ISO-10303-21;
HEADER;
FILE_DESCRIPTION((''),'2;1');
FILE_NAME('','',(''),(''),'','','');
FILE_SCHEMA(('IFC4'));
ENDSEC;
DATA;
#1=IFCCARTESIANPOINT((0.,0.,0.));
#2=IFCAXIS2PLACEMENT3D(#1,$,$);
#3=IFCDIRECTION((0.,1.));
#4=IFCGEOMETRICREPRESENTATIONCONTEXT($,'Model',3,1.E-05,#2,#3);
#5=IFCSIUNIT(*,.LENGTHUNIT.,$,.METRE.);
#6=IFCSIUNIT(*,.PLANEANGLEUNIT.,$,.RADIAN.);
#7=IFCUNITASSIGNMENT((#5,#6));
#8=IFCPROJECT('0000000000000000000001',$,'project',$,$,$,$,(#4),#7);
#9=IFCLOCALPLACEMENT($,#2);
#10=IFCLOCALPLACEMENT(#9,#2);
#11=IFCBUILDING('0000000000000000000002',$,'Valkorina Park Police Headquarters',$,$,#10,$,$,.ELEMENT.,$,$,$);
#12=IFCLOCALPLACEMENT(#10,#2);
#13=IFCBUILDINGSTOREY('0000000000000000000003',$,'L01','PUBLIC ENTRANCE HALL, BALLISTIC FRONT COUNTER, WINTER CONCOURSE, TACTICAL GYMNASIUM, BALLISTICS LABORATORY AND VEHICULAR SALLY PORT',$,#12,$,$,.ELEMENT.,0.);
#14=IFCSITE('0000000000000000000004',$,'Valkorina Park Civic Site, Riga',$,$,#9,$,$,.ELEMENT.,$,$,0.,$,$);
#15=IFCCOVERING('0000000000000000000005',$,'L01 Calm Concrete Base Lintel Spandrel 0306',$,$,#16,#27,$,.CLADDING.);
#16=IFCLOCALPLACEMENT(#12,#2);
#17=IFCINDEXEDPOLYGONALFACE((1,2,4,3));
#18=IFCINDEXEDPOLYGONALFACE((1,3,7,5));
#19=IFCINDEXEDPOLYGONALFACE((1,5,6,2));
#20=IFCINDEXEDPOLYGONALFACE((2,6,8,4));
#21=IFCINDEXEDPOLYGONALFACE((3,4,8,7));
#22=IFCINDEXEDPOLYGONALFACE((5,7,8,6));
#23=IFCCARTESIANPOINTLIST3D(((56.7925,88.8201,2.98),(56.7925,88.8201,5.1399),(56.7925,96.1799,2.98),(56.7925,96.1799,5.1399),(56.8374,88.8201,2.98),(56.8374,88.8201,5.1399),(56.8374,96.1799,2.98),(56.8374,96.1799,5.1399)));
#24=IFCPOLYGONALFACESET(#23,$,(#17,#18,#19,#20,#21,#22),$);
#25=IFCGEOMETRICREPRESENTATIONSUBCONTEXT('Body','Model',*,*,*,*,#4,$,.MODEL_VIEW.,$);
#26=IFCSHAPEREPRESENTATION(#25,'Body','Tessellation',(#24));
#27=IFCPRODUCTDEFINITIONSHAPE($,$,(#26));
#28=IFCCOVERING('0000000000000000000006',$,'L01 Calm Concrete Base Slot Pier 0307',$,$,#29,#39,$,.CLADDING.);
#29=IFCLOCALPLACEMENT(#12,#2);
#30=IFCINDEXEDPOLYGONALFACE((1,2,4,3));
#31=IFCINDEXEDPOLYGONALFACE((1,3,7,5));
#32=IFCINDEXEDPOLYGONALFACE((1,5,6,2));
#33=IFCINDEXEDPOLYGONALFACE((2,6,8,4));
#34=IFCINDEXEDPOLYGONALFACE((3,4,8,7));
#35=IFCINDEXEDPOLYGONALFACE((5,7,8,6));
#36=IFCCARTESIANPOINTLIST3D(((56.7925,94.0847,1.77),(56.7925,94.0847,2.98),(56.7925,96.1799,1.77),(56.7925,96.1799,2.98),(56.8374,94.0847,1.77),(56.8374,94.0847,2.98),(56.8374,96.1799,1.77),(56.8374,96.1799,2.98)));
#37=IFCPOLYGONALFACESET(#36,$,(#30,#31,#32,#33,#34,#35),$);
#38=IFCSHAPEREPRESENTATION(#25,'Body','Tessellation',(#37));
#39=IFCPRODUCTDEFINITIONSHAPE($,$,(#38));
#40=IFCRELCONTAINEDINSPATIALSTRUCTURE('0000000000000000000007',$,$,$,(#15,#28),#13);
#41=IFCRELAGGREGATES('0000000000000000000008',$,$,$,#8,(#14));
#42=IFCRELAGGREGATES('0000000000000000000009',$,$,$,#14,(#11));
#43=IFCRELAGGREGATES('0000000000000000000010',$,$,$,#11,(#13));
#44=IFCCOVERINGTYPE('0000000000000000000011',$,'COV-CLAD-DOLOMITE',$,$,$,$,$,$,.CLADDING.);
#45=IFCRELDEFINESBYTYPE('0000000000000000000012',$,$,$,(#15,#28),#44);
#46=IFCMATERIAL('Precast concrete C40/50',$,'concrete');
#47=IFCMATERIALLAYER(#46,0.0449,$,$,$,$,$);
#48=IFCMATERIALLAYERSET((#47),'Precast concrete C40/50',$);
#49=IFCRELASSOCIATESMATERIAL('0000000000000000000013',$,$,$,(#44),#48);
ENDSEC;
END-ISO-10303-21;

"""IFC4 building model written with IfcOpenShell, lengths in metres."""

from ifc_helpers import new_model, si_unit, direction, frame, frame_2d, origin, place, context, subcontext, project, spatial, rectangle, extrude, material, layer, layer_set, type_object, element, save


model = new_model("IFC4")

# Units and contexts
model_context = context("Model", 3, precision=1e-05, world=origin(), true_north=direction((0.0, 1.0)))
body_context = subcontext(model_context, "Body", "Model", "MODEL_VIEW")
ifc_project = project(units=[si_unit("LENGTHUNIT", "METRE"), si_unit("PLANEANGLEUNIT", "RADIAN")], contexts=[model_context])

# Site, building, storey
site_placement = place(None, origin())
site = spatial("IfcSite", under=ifc_project, at=site_placement, Name="Valkorina Park Civic Site, Riga", CompositionType="ELEMENT", RefElevation=0.0)
building_placement = place(site_placement, origin())
building = spatial("IfcBuilding", under=site, at=building_placement, Name="Valkorina Park Police Headquarters", CompositionType="ELEMENT")
storey_placement = place(building_placement, origin())
storey = spatial("IfcBuildingStorey", under=building, at=storey_placement, Name="L01", Description="PUBLIC ENTRANCE HALL, BALLISTIC FRONT COUNTER, WINTER CONCOURSE, TACTICAL GYMNASIUM, BALLISTICS LABORATORY AND VEHICULAR SALLY PORT", CompositionType="ELEMENT", Elevation=0.0)

# Shared definitions
ifc_material_1 = material(Name="Precast concrete C40/50", Category="concrete")

# Coverings
ifc_layer_1 = layer(ifc_material_1, 0.0449)
ifc_layer_set_1 = layer_set([ifc_layer_1], Name="Precast concrete C40/50")
covering_type = type_object("IfcCoveringType", Name="COV-CLAD-DOLOMITE", PredefinedType="CLADDING", material=ifc_layer_set_1)
covering_1_placement = place(storey_placement, frame((56.8149, 96.1799, 2.98), z_axis=(0.0, 0.0, 1.0), x_axis=(0.0, -1.0, 0.0)))
element("IfcCovering", 1, at=covering_1_placement, inside=storey, type_object=covering_type, Name="L01 Calm Concrete Base Lintel Spandrel 0306", PredefinedType="CLADDING", context=body_context, shape_type="SweptSolid", body=[
    extrude(rectangle(XDim=7.3599, YDim=0.0449, at=frame_2d((3.6799, 0.0))), origin(), (0.0, 0.0, 1.0), 2.1599),
])
covering_2_placement = place(storey_placement, frame((56.8149, 96.1799, 1.77), z_axis=(0.0, 0.0, 1.0), x_axis=(0.0, -1.0, 0.0)))
element("IfcCovering", 2, at=covering_2_placement, inside=storey, type_object=covering_type, Name="L01 Calm Concrete Base Slot Pier 0307", PredefinedType="CLADDING", context=body_context, shape_type="SweptSolid", body=[
    extrude(rectangle(XDim=2.0952, YDim=0.0449, at=frame_2d((1.0476, 0.0))), origin(), (0.0, 0.0, 1.0), 1.21),
])

save(model, "model.ifc")
